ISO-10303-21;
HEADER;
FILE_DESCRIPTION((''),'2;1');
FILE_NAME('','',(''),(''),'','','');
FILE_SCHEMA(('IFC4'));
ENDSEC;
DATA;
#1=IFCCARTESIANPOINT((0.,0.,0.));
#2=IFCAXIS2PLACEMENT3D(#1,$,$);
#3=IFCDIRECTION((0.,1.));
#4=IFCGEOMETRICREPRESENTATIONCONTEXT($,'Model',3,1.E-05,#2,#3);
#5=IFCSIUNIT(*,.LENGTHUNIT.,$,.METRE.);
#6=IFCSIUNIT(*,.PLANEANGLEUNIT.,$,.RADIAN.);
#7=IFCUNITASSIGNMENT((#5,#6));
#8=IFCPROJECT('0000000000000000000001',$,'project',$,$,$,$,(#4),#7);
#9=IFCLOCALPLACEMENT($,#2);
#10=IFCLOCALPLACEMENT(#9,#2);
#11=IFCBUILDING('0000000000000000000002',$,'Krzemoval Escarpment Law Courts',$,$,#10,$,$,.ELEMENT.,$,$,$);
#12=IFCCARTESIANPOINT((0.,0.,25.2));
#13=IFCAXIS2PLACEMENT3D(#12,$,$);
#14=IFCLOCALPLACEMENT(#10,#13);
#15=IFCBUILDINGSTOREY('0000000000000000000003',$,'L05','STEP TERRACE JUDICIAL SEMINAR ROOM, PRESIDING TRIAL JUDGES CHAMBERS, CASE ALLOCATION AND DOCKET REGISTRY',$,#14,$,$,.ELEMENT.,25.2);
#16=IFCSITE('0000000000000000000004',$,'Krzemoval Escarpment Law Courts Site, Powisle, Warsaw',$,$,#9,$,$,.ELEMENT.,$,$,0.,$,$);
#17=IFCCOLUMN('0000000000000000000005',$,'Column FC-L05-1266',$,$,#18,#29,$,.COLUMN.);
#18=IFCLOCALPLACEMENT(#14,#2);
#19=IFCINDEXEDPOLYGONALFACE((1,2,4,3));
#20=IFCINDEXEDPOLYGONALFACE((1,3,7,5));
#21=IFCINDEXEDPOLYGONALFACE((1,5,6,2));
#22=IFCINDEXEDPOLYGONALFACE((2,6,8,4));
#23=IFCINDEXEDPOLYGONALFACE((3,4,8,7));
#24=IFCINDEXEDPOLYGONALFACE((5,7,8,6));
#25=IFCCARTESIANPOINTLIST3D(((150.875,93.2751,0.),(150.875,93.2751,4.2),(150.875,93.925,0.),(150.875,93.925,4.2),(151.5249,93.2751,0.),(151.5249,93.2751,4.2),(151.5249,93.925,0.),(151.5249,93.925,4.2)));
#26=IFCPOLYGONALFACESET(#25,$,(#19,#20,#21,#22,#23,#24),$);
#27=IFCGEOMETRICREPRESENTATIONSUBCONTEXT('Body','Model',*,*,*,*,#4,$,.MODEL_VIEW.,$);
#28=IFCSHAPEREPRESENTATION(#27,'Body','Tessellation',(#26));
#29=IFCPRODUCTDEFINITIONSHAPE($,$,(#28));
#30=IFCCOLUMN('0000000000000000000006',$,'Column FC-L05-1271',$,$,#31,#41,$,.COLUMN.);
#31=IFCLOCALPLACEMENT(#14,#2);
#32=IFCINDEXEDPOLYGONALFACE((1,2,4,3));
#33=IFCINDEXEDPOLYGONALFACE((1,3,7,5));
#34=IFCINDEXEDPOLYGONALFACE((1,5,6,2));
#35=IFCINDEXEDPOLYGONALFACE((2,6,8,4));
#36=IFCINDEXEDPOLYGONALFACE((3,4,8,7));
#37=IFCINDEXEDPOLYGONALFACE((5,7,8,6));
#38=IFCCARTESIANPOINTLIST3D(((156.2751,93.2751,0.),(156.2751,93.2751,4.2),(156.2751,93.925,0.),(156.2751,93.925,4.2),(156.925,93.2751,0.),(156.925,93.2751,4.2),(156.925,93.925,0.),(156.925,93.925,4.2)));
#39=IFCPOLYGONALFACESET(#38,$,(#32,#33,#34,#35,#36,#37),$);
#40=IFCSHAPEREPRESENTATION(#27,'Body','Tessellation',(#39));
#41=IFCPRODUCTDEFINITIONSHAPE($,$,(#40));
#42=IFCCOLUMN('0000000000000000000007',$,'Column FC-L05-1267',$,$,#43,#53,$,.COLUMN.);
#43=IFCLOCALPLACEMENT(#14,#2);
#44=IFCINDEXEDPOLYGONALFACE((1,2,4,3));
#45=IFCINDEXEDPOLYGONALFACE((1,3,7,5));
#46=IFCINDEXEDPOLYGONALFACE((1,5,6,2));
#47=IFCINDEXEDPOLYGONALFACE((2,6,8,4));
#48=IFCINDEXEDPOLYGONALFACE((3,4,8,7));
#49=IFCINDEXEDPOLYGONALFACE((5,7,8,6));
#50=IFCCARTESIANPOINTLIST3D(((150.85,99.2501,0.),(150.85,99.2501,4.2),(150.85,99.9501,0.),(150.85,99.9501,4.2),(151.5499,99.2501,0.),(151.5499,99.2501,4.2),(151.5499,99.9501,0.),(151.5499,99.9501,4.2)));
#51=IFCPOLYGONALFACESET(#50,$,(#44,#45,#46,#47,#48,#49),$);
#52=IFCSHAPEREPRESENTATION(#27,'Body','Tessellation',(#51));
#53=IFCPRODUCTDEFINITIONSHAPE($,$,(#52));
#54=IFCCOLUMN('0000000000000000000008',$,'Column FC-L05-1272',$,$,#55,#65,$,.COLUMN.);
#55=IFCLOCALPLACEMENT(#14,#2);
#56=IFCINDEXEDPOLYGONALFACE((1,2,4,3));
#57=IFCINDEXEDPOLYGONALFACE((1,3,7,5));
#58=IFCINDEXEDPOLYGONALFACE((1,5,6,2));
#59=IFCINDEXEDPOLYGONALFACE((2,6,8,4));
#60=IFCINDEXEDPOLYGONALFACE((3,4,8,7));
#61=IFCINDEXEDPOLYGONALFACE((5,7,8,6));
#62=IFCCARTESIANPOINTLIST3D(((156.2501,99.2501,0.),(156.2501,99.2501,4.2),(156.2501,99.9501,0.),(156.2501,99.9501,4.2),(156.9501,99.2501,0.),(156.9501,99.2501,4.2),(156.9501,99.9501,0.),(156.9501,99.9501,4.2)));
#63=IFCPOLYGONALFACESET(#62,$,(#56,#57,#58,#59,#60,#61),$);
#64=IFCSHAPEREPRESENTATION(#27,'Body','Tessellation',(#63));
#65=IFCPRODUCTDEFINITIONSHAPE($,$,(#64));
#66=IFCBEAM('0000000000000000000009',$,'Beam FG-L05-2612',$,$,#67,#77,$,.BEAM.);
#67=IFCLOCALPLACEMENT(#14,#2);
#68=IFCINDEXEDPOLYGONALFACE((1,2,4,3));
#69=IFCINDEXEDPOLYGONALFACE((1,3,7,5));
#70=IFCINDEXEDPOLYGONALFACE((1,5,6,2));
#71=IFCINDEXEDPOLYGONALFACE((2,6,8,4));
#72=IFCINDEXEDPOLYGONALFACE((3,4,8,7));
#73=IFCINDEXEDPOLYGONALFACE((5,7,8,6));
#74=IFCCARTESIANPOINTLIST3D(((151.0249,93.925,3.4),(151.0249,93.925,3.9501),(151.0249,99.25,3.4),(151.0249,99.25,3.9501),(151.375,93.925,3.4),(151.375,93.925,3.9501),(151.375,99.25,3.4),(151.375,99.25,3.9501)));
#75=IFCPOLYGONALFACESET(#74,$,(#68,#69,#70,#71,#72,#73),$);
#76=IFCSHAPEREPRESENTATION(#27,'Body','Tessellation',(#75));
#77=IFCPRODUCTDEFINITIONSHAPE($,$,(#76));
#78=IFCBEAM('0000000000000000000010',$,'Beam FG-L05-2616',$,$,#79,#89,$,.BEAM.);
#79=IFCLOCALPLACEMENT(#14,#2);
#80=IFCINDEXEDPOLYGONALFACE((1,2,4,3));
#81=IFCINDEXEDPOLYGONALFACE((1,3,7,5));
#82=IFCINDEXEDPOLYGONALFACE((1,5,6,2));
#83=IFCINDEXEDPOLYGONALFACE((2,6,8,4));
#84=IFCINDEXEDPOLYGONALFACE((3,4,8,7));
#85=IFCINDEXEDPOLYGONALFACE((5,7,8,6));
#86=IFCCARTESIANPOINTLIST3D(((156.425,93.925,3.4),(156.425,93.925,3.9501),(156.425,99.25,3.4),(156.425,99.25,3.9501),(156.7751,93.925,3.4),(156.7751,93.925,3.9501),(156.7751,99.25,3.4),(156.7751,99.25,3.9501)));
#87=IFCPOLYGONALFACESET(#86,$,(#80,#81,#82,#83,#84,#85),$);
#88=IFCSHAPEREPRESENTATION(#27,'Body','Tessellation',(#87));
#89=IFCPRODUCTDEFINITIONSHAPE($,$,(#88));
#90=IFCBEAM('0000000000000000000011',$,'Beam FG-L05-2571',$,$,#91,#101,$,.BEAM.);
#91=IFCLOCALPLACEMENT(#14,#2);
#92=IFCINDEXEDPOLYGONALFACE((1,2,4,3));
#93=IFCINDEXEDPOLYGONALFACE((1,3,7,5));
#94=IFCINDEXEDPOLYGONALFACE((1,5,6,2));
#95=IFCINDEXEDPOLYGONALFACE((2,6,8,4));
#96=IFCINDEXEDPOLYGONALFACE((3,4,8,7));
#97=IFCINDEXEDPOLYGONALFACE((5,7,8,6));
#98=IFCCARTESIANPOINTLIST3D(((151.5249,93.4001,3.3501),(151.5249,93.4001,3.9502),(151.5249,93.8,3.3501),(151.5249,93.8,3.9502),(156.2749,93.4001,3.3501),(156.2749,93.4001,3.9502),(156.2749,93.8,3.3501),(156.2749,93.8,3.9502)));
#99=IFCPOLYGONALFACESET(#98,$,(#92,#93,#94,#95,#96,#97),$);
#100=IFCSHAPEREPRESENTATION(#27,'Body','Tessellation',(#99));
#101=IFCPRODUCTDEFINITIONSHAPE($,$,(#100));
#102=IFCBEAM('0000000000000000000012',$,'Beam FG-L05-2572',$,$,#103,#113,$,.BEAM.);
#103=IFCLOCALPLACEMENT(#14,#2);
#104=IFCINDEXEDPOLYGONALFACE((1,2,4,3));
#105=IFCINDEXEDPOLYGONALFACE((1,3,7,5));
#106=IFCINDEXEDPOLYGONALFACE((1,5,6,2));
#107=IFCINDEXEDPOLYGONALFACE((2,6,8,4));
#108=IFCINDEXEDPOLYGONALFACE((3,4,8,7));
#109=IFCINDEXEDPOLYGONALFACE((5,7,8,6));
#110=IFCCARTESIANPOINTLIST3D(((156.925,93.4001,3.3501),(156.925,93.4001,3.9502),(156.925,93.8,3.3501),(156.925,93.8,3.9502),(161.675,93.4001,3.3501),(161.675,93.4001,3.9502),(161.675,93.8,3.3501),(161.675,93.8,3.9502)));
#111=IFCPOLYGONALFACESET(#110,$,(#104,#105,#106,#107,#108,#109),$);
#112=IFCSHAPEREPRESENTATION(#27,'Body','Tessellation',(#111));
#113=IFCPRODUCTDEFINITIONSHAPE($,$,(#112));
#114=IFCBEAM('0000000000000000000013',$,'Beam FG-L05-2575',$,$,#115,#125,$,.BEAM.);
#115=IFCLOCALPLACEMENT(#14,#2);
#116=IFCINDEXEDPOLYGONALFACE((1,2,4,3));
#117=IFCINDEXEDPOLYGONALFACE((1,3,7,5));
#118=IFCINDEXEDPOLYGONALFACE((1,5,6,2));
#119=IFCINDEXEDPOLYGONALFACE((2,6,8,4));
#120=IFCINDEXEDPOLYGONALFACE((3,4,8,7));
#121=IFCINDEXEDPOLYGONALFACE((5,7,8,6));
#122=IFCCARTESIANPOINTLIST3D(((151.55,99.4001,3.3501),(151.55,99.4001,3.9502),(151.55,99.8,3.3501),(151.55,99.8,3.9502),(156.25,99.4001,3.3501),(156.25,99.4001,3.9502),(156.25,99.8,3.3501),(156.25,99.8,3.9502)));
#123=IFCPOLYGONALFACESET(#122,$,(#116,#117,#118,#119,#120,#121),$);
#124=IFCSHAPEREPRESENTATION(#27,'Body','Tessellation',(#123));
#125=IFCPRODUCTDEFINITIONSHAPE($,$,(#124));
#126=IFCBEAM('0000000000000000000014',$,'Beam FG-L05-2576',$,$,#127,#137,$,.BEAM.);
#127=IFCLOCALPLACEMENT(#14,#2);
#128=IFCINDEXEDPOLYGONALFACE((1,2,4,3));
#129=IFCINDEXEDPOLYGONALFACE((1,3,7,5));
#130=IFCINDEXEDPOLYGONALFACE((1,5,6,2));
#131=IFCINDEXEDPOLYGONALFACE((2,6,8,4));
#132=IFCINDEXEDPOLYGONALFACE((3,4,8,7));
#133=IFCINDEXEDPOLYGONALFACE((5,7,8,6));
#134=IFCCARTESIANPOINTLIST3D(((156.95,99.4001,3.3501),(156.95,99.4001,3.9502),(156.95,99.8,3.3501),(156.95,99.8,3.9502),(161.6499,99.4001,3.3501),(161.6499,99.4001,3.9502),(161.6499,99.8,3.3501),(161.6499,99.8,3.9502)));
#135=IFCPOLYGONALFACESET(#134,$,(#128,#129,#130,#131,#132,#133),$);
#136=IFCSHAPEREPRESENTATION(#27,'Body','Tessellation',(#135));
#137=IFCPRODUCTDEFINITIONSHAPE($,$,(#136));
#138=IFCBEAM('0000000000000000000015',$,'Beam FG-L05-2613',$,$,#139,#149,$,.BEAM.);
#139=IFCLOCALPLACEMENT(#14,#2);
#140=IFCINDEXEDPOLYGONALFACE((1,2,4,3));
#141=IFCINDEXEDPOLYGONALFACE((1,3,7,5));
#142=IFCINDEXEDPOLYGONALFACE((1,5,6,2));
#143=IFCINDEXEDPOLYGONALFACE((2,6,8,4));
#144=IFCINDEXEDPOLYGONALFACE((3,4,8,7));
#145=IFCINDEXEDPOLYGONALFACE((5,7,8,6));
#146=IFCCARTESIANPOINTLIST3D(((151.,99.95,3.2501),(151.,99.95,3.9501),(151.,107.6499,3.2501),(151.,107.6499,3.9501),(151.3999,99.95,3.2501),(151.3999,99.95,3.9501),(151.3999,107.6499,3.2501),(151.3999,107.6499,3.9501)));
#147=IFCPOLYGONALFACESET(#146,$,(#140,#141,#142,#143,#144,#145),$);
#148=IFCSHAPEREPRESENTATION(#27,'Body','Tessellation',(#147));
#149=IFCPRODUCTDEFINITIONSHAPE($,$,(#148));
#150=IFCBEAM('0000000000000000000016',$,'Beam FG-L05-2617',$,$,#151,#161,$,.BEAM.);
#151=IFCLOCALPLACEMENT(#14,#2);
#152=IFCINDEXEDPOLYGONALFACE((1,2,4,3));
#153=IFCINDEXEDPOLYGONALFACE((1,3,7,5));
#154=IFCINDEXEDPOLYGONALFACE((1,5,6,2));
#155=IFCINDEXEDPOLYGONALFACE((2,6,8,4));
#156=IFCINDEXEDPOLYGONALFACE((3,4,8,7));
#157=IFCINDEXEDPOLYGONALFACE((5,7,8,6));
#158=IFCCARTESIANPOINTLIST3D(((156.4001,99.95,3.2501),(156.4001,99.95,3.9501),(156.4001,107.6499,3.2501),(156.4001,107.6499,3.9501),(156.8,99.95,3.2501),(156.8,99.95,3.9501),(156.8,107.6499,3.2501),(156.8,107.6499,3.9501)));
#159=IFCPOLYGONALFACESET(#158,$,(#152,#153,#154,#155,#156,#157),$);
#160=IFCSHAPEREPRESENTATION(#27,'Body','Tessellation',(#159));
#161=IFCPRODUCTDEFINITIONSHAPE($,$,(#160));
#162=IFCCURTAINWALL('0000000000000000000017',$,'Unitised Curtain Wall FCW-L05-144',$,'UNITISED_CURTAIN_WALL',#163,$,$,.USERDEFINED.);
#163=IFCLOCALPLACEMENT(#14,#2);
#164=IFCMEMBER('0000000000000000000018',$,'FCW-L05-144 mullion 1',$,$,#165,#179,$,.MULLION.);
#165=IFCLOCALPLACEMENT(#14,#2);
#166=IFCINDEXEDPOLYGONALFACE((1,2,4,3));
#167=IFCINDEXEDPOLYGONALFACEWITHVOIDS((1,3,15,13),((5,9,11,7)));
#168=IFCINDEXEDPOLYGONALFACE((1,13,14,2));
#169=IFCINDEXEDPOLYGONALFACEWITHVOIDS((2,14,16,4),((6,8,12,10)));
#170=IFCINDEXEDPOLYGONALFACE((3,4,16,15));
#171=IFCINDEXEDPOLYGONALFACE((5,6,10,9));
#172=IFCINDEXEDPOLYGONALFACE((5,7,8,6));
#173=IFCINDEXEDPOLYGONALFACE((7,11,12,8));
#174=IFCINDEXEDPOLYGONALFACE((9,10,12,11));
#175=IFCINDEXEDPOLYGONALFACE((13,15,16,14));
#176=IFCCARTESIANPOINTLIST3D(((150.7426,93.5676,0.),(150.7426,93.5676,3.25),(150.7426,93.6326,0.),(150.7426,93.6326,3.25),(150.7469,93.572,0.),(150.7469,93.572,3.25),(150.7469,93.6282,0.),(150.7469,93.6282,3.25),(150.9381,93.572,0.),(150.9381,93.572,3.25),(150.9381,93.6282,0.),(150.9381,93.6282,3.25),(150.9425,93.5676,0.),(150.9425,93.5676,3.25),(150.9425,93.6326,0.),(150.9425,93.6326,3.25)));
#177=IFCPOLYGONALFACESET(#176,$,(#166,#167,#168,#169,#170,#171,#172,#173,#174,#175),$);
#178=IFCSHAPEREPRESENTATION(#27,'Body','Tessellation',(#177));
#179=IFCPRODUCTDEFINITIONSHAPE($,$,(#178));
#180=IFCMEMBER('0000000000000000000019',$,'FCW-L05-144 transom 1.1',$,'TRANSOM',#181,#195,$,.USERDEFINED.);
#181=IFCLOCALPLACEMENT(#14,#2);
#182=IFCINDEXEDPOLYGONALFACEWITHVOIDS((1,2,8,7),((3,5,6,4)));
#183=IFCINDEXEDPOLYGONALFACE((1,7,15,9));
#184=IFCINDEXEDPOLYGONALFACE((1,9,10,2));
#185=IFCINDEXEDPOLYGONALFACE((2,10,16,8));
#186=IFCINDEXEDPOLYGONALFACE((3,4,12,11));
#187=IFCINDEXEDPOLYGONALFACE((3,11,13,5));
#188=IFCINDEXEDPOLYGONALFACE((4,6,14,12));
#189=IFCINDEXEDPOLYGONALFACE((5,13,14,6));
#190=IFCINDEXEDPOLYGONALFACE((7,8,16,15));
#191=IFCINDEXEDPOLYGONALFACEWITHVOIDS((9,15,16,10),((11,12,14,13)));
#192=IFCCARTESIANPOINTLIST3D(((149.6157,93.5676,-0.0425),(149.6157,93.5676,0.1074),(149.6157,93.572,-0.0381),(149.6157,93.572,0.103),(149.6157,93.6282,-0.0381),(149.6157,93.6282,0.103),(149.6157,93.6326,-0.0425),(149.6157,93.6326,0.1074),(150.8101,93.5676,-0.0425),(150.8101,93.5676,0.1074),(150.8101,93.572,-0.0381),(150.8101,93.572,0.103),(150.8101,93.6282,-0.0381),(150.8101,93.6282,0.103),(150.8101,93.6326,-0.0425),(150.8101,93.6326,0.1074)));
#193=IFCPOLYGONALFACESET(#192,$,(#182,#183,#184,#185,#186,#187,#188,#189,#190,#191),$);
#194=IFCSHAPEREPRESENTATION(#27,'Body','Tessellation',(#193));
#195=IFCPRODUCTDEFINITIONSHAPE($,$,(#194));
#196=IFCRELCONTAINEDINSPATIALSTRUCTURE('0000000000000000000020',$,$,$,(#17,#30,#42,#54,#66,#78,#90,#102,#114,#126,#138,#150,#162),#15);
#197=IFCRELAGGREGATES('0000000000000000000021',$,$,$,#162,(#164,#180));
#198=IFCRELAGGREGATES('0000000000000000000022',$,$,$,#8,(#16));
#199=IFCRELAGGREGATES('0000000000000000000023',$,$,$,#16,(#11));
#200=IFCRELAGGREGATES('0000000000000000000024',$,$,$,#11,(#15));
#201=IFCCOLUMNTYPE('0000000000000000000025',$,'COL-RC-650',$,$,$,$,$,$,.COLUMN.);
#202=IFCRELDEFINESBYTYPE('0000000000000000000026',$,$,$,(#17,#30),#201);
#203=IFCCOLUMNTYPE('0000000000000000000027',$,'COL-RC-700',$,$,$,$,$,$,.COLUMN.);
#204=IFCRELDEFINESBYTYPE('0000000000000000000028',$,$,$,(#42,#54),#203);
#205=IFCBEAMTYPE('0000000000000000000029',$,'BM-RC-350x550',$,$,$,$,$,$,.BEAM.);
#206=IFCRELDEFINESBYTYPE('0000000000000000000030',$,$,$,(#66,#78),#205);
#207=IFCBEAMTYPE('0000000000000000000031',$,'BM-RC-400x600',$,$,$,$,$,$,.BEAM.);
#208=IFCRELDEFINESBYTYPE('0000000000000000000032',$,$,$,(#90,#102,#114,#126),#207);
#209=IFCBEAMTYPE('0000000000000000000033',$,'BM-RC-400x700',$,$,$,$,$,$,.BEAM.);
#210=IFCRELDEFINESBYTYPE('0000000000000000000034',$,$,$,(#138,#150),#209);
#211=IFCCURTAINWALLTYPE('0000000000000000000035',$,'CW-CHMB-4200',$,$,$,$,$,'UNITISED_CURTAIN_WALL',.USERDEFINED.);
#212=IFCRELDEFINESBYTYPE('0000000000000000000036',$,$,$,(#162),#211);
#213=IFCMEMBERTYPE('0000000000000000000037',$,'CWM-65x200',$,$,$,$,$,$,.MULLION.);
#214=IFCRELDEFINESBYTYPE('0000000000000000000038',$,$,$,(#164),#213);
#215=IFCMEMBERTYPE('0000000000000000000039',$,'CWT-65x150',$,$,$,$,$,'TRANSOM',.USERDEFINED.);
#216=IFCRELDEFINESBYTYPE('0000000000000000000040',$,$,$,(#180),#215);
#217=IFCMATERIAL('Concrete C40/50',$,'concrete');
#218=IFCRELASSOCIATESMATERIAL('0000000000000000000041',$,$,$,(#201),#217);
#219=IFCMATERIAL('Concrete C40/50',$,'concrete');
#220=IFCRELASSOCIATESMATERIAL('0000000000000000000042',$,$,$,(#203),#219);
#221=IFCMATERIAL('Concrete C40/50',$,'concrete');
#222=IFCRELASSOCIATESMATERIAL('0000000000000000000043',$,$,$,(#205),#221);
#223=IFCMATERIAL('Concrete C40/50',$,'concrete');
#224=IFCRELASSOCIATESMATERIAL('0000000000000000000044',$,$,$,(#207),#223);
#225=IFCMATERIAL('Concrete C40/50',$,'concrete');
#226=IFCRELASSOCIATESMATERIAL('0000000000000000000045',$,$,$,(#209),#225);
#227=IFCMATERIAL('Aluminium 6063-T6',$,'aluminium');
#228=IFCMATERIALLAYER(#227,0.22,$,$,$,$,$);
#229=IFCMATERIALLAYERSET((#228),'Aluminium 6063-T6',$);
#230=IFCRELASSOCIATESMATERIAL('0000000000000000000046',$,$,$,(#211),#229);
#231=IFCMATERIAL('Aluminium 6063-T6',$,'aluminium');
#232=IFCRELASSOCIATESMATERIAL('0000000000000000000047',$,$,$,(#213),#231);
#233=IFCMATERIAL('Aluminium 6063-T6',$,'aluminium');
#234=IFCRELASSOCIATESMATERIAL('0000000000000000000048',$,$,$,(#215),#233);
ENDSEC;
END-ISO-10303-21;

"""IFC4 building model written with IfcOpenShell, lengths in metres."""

from ifc_helpers import new_model, si_unit, direction, frame, origin, origin_2d, place, context, subcontext, project, spatial, rectangle, hollow_rectangle, extrude, material, layer, layer_set, material_profile, profile_set, type_object, element, aggregate, save


model = new_model("IFC4")

# Units and contexts
model_context = context("Model", 3, precision=1e-05, world=origin(), true_north=direction((0.0, 1.0)))
body_context = subcontext(model_context, "Body", "Model", "MODEL_VIEW")
ifc_project = project(units=[si_unit("LENGTHUNIT", "METRE"), si_unit("PLANEANGLEUNIT", "RADIAN")], contexts=[model_context])

# Site, building, storey
site_placement = place(None, origin())
site = spatial("IfcSite", under=ifc_project, at=site_placement, Name="Krzemoval Escarpment Law Courts Site, Powisle, Warsaw", CompositionType="ELEMENT", RefElevation=0.0)
building_placement = place(site_placement, origin())
building = spatial("IfcBuilding", under=site, at=building_placement, Name="Krzemoval Escarpment Law Courts", CompositionType="ELEMENT")
storey_placement = place(building_placement, frame((0.0, 0.0, 25.2)))
storey = spatial("IfcBuildingStorey", under=building, at=storey_placement, Name="L05", Description="STEP TERRACE JUDICIAL SEMINAR ROOM, PRESIDING TRIAL JUDGES CHAMBERS, CASE ALLOCATION AND DOCKET REGISTRY", CompositionType="ELEMENT", Elevation=25.2)

# Columns
ifc_material_1 = material(Name="Concrete C40/50", Category="concrete")
ifc_material_profile_1 = material_profile(ifc_material_1, rectangle(XDim=0.6499, YDim=0.6499, at=origin_2d()), Name="RC 650x650")
ifc_profile_set_1 = profile_set([ifc_material_profile_1], Name="Concrete C40/50")
column_type_1 = type_object("IfcColumnType", Name="COL-RC-650", PredefinedType="COLUMN", material=ifc_profile_set_1)
for number, where, z_axis, x_axis, name in (
    (1, (151.2, 93.6001, 0.0), (0.0, 0.0, 1.0), (1.0, 0.0, 0.0), "Column FC-L05-1266"),
    (2, (156.6001, 93.6001, 0.0), (0.0, 0.0, 1.0), (1.0, 0.0, 0.0), "Column FC-L05-1271"),
):
    element("IfcColumn", number, at=place(storey_placement, frame(where, z_axis=z_axis, x_axis=x_axis)), inside=storey, type_object=column_type_1, Name=name, PredefinedType="COLUMN", context=body_context, shape_type="SweptSolid", body=[
        extrude(rectangle(XDim=0.6499, YDim=0.6499, at=origin_2d()), origin(), (0.0, 0.0, 1.0), 4.2),
    ])
ifc_material_2 = material(Name="Concrete C40/50", Category="concrete")
ifc_material_profile_2 = material_profile(ifc_material_2, rectangle(XDim=0.7, YDim=0.7, at=origin_2d()), Name="RC 700x700")
ifc_profile_set_2 = profile_set([ifc_material_profile_2], Name="Concrete C40/50")
column_type_2 = type_object("IfcColumnType", Name="COL-RC-700", PredefinedType="COLUMN", material=ifc_profile_set_2)
for number, where, z_axis, x_axis, name in (
    (3, (151.2, 99.6001, 0.0), (0.0, 0.0, 1.0), (1.0, 0.0, 0.0), "Column FC-L05-1267"),
    (4, (156.6001, 99.6001, 0.0), (0.0, 0.0, 1.0), (1.0, 0.0, 0.0), "Column FC-L05-1272"),
):
    element("IfcColumn", number, at=place(storey_placement, frame(where, z_axis=z_axis, x_axis=x_axis)), inside=storey, type_object=column_type_2, Name=name, PredefinedType="COLUMN", context=body_context, shape_type="SweptSolid", body=[
        extrude(rectangle(XDim=0.7, YDim=0.7, at=origin_2d()), origin(), (0.0, 0.0, 1.0), 4.2),
    ])

# Beams
ifc_material_3 = material(Name="Concrete C40/50", Category="concrete")
ifc_material_profile_3 = material_profile(ifc_material_3, rectangle(XDim=0.3501, YDim=0.55, at=origin_2d()), Name="RCB 350x550")
ifc_profile_set_3 = profile_set([ifc_material_profile_3], Name="Concrete C40/50")
beam_type_1 = type_object("IfcBeamType", Name="BM-RC-350x550", PredefinedType="BEAM", material=ifc_profile_set_3)
for number, where, z_axis, x_axis, name in (
    (5, (151.2, 93.925, 3.675), (0.0, 1.0, 0.0), (-1.0, 0.0, 0.0), "Beam FG-L05-2612"),
    (6, (156.6001, 93.925, 3.675), (0.0, 1.0, 0.0), (-1.0, 0.0, 0.0), "Beam FG-L05-2616"),
):
    element("IfcBeam", number, at=place(storey_placement, frame(where, z_axis=z_axis, x_axis=x_axis)), inside=storey, type_object=beam_type_1, Name=name, PredefinedType="BEAM", context=body_context, shape_type="SweptSolid", body=[
        extrude(rectangle(XDim=0.3501, YDim=0.55, at=origin_2d()), origin(), (0.0, 0.0, 1.0), 5.325),
    ])
ifc_material_4 = material(Name="Concrete C40/50", Category="concrete")
ifc_material_profile_4 = material_profile(ifc_material_4, rectangle(XDim=0.3999, YDim=0.6001, at=origin_2d()), Name="RCB 400x600")
ifc_profile_set_4 = profile_set([ifc_material_profile_4], Name="Concrete C40/50")
beam_type_2 = type_object("IfcBeamType", Name="BM-RC-400x600", PredefinedType="BEAM", material=ifc_profile_set_4)
for number, where, z_axis, x_axis, name in (
    (7, (151.5249, 93.6001, 3.6501), (1.0, 0.0, 0.0), (0.0, 1.0, 0.0), "Beam FG-L05-2571"),
    (8, (156.925, 93.6001, 3.6501), (1.0, 0.0, 0.0), (0.0, 1.0, 0.0), "Beam FG-L05-2572"),
):
    element("IfcBeam", number, at=place(storey_placement, frame(where, z_axis=z_axis, x_axis=x_axis)), inside=storey, type_object=beam_type_2, Name=name, PredefinedType="BEAM", context=body_context, shape_type="SweptSolid", body=[
        extrude(rectangle(XDim=0.3999, YDim=0.6001, at=origin_2d()), origin(), (0.0, 0.0, 1.0), 4.75),
    ])
for number, where, z_axis, x_axis, name in (
    (9, (151.55, 99.6001, 3.6501), (1.0, 0.0, 0.0), (0.0, 1.0, 0.0), "Beam FG-L05-2575"),
    (10, (156.95, 99.6001, 3.6501), (1.0, 0.0, 0.0), (0.0, 1.0, 0.0), "Beam FG-L05-2576"),
):
    element("IfcBeam", number, at=place(storey_placement, frame(where, z_axis=z_axis, x_axis=x_axis)), inside=storey, type_object=beam_type_2, Name=name, PredefinedType="BEAM", context=body_context, shape_type="SweptSolid", body=[
        extrude(rectangle(XDim=0.3999, YDim=0.6001, at=origin_2d()), origin(), (0.0, 0.0, 1.0), 4.7),
    ])
ifc_material_5 = material(Name="Concrete C40/50", Category="concrete")
ifc_material_profile_5 = material_profile(ifc_material_5, rectangle(XDim=0.3999, YDim=0.7, at=origin_2d()), Name="RCB 400x700")
ifc_profile_set_5 = profile_set([ifc_material_profile_5], Name="Concrete C40/50")
beam_type_3 = type_object("IfcBeamType", Name="BM-RC-400x700", PredefinedType="BEAM", material=ifc_profile_set_5)
for number, where, z_axis, x_axis, name in (
    (11, (151.2, 99.95, 3.6001), (0.0, 1.0, 0.0), (-1.0, 0.0, 0.0), "Beam FG-L05-2613"),
    (12, (156.6001, 99.95, 3.6001), (0.0, 1.0, 0.0), (-1.0, 0.0, 0.0), "Beam FG-L05-2617"),
):
    element("IfcBeam", number, at=place(storey_placement, frame(where, z_axis=z_axis, x_axis=x_axis)), inside=storey, type_object=beam_type_3, Name=name, PredefinedType="BEAM", context=body_context, shape_type="SweptSolid", body=[
        extrude(rectangle(XDim=0.3999, YDim=0.7, at=origin_2d()), origin(), (0.0, 0.0, 1.0), 7.7),
    ])

# Curtain wall, members
ifc_material_6 = material(Name="Aluminium 6063-T6", Category="aluminium")
ifc_layer_1 = layer(ifc_material_6, 0.22)
ifc_layer_set_1 = layer_set([ifc_layer_1], Name="Aluminium 6063-T6")
curtain_wall_type = type_object("IfcCurtainWallType", Name="CW-CHMB-4200", ElementType="UNITISED_CURTAIN_WALL", PredefinedType="USERDEFINED", material=ifc_layer_set_1)
curtain_wall_placement = place(storey_placement, origin())
curtain_wall = element("IfcCurtainWall", 13, at=curtain_wall_placement, inside=storey, type_object=curtain_wall_type, Name="Unitised Curtain Wall FCW-L05-144", ObjectType="UNITISED_CURTAIN_WALL", PredefinedType="USERDEFINED")
ifc_material_7 = material(Name="Aluminium 6063-T6", Category="aluminium")
ifc_material_profile_6 = material_profile(ifc_material_7, hollow_rectangle(XDim=0.0649, YDim=0.2, WallThickness=0.0044, at=origin_2d()), Name="ALU M65x200")
ifc_profile_set_6 = profile_set([ifc_material_profile_6], Name="Aluminium 6063-T6")
member_type_1 = type_object("IfcMemberType", Name="CWM-65x200", PredefinedType="MULLION", material=ifc_profile_set_6)
member_1_placement = place(storey_placement, frame((150.8425, 93.6001, 0.0), z_axis=(0.0, 0.0, 1.0), x_axis=(0.0, -1.0, 0.0)))
member_1 = element("IfcMember", 14, at=member_1_placement, type_object=member_type_1, Name="FCW-L05-144 mullion 1", PredefinedType="MULLION", context=body_context, shape_type="SweptSolid", body=[
    extrude(hollow_rectangle(XDim=0.0649, YDim=0.2, WallThickness=0.0044, at=origin_2d()), origin(), (0.0, 0.0, 1.0), 3.25),
])
ifc_material_8 = material(Name="Aluminium 6063-T6", Category="aluminium")
ifc_material_profile_7 = material_profile(ifc_material_8, hollow_rectangle(XDim=0.0649, YDim=0.1499, WallThickness=0.0044, at=origin_2d()), Name="ALU T65x150")
ifc_profile_set_7 = profile_set([ifc_material_profile_7], Name="Aluminium 6063-T6")
member_type_2 = type_object("IfcMemberType", Name="CWT-65x150", ElementType="TRANSOM", PredefinedType="USERDEFINED", material=ifc_profile_set_7)
member_2_placement = place(storey_placement, frame((150.8101, 93.6001, 0.0325), z_axis=(-1.0, 0.0, 0.0), x_axis=(0.0, -1.0, 0.0)))
member_2 = element("IfcMember", 15, at=member_2_placement, type_object=member_type_2, Name="FCW-L05-144 transom 1.1", ObjectType="TRANSOM", PredefinedType="USERDEFINED", context=body_context, shape_type="SweptSolid", body=[
    extrude(hollow_rectangle(XDim=0.0649, YDim=0.1499, WallThickness=0.0044, at=origin_2d()), origin(), (0.0, 0.0, 1.0), 1.1943),
])

aggregate(curtain_wall, [member_1, member_2])

save(model, "model.ifc")
